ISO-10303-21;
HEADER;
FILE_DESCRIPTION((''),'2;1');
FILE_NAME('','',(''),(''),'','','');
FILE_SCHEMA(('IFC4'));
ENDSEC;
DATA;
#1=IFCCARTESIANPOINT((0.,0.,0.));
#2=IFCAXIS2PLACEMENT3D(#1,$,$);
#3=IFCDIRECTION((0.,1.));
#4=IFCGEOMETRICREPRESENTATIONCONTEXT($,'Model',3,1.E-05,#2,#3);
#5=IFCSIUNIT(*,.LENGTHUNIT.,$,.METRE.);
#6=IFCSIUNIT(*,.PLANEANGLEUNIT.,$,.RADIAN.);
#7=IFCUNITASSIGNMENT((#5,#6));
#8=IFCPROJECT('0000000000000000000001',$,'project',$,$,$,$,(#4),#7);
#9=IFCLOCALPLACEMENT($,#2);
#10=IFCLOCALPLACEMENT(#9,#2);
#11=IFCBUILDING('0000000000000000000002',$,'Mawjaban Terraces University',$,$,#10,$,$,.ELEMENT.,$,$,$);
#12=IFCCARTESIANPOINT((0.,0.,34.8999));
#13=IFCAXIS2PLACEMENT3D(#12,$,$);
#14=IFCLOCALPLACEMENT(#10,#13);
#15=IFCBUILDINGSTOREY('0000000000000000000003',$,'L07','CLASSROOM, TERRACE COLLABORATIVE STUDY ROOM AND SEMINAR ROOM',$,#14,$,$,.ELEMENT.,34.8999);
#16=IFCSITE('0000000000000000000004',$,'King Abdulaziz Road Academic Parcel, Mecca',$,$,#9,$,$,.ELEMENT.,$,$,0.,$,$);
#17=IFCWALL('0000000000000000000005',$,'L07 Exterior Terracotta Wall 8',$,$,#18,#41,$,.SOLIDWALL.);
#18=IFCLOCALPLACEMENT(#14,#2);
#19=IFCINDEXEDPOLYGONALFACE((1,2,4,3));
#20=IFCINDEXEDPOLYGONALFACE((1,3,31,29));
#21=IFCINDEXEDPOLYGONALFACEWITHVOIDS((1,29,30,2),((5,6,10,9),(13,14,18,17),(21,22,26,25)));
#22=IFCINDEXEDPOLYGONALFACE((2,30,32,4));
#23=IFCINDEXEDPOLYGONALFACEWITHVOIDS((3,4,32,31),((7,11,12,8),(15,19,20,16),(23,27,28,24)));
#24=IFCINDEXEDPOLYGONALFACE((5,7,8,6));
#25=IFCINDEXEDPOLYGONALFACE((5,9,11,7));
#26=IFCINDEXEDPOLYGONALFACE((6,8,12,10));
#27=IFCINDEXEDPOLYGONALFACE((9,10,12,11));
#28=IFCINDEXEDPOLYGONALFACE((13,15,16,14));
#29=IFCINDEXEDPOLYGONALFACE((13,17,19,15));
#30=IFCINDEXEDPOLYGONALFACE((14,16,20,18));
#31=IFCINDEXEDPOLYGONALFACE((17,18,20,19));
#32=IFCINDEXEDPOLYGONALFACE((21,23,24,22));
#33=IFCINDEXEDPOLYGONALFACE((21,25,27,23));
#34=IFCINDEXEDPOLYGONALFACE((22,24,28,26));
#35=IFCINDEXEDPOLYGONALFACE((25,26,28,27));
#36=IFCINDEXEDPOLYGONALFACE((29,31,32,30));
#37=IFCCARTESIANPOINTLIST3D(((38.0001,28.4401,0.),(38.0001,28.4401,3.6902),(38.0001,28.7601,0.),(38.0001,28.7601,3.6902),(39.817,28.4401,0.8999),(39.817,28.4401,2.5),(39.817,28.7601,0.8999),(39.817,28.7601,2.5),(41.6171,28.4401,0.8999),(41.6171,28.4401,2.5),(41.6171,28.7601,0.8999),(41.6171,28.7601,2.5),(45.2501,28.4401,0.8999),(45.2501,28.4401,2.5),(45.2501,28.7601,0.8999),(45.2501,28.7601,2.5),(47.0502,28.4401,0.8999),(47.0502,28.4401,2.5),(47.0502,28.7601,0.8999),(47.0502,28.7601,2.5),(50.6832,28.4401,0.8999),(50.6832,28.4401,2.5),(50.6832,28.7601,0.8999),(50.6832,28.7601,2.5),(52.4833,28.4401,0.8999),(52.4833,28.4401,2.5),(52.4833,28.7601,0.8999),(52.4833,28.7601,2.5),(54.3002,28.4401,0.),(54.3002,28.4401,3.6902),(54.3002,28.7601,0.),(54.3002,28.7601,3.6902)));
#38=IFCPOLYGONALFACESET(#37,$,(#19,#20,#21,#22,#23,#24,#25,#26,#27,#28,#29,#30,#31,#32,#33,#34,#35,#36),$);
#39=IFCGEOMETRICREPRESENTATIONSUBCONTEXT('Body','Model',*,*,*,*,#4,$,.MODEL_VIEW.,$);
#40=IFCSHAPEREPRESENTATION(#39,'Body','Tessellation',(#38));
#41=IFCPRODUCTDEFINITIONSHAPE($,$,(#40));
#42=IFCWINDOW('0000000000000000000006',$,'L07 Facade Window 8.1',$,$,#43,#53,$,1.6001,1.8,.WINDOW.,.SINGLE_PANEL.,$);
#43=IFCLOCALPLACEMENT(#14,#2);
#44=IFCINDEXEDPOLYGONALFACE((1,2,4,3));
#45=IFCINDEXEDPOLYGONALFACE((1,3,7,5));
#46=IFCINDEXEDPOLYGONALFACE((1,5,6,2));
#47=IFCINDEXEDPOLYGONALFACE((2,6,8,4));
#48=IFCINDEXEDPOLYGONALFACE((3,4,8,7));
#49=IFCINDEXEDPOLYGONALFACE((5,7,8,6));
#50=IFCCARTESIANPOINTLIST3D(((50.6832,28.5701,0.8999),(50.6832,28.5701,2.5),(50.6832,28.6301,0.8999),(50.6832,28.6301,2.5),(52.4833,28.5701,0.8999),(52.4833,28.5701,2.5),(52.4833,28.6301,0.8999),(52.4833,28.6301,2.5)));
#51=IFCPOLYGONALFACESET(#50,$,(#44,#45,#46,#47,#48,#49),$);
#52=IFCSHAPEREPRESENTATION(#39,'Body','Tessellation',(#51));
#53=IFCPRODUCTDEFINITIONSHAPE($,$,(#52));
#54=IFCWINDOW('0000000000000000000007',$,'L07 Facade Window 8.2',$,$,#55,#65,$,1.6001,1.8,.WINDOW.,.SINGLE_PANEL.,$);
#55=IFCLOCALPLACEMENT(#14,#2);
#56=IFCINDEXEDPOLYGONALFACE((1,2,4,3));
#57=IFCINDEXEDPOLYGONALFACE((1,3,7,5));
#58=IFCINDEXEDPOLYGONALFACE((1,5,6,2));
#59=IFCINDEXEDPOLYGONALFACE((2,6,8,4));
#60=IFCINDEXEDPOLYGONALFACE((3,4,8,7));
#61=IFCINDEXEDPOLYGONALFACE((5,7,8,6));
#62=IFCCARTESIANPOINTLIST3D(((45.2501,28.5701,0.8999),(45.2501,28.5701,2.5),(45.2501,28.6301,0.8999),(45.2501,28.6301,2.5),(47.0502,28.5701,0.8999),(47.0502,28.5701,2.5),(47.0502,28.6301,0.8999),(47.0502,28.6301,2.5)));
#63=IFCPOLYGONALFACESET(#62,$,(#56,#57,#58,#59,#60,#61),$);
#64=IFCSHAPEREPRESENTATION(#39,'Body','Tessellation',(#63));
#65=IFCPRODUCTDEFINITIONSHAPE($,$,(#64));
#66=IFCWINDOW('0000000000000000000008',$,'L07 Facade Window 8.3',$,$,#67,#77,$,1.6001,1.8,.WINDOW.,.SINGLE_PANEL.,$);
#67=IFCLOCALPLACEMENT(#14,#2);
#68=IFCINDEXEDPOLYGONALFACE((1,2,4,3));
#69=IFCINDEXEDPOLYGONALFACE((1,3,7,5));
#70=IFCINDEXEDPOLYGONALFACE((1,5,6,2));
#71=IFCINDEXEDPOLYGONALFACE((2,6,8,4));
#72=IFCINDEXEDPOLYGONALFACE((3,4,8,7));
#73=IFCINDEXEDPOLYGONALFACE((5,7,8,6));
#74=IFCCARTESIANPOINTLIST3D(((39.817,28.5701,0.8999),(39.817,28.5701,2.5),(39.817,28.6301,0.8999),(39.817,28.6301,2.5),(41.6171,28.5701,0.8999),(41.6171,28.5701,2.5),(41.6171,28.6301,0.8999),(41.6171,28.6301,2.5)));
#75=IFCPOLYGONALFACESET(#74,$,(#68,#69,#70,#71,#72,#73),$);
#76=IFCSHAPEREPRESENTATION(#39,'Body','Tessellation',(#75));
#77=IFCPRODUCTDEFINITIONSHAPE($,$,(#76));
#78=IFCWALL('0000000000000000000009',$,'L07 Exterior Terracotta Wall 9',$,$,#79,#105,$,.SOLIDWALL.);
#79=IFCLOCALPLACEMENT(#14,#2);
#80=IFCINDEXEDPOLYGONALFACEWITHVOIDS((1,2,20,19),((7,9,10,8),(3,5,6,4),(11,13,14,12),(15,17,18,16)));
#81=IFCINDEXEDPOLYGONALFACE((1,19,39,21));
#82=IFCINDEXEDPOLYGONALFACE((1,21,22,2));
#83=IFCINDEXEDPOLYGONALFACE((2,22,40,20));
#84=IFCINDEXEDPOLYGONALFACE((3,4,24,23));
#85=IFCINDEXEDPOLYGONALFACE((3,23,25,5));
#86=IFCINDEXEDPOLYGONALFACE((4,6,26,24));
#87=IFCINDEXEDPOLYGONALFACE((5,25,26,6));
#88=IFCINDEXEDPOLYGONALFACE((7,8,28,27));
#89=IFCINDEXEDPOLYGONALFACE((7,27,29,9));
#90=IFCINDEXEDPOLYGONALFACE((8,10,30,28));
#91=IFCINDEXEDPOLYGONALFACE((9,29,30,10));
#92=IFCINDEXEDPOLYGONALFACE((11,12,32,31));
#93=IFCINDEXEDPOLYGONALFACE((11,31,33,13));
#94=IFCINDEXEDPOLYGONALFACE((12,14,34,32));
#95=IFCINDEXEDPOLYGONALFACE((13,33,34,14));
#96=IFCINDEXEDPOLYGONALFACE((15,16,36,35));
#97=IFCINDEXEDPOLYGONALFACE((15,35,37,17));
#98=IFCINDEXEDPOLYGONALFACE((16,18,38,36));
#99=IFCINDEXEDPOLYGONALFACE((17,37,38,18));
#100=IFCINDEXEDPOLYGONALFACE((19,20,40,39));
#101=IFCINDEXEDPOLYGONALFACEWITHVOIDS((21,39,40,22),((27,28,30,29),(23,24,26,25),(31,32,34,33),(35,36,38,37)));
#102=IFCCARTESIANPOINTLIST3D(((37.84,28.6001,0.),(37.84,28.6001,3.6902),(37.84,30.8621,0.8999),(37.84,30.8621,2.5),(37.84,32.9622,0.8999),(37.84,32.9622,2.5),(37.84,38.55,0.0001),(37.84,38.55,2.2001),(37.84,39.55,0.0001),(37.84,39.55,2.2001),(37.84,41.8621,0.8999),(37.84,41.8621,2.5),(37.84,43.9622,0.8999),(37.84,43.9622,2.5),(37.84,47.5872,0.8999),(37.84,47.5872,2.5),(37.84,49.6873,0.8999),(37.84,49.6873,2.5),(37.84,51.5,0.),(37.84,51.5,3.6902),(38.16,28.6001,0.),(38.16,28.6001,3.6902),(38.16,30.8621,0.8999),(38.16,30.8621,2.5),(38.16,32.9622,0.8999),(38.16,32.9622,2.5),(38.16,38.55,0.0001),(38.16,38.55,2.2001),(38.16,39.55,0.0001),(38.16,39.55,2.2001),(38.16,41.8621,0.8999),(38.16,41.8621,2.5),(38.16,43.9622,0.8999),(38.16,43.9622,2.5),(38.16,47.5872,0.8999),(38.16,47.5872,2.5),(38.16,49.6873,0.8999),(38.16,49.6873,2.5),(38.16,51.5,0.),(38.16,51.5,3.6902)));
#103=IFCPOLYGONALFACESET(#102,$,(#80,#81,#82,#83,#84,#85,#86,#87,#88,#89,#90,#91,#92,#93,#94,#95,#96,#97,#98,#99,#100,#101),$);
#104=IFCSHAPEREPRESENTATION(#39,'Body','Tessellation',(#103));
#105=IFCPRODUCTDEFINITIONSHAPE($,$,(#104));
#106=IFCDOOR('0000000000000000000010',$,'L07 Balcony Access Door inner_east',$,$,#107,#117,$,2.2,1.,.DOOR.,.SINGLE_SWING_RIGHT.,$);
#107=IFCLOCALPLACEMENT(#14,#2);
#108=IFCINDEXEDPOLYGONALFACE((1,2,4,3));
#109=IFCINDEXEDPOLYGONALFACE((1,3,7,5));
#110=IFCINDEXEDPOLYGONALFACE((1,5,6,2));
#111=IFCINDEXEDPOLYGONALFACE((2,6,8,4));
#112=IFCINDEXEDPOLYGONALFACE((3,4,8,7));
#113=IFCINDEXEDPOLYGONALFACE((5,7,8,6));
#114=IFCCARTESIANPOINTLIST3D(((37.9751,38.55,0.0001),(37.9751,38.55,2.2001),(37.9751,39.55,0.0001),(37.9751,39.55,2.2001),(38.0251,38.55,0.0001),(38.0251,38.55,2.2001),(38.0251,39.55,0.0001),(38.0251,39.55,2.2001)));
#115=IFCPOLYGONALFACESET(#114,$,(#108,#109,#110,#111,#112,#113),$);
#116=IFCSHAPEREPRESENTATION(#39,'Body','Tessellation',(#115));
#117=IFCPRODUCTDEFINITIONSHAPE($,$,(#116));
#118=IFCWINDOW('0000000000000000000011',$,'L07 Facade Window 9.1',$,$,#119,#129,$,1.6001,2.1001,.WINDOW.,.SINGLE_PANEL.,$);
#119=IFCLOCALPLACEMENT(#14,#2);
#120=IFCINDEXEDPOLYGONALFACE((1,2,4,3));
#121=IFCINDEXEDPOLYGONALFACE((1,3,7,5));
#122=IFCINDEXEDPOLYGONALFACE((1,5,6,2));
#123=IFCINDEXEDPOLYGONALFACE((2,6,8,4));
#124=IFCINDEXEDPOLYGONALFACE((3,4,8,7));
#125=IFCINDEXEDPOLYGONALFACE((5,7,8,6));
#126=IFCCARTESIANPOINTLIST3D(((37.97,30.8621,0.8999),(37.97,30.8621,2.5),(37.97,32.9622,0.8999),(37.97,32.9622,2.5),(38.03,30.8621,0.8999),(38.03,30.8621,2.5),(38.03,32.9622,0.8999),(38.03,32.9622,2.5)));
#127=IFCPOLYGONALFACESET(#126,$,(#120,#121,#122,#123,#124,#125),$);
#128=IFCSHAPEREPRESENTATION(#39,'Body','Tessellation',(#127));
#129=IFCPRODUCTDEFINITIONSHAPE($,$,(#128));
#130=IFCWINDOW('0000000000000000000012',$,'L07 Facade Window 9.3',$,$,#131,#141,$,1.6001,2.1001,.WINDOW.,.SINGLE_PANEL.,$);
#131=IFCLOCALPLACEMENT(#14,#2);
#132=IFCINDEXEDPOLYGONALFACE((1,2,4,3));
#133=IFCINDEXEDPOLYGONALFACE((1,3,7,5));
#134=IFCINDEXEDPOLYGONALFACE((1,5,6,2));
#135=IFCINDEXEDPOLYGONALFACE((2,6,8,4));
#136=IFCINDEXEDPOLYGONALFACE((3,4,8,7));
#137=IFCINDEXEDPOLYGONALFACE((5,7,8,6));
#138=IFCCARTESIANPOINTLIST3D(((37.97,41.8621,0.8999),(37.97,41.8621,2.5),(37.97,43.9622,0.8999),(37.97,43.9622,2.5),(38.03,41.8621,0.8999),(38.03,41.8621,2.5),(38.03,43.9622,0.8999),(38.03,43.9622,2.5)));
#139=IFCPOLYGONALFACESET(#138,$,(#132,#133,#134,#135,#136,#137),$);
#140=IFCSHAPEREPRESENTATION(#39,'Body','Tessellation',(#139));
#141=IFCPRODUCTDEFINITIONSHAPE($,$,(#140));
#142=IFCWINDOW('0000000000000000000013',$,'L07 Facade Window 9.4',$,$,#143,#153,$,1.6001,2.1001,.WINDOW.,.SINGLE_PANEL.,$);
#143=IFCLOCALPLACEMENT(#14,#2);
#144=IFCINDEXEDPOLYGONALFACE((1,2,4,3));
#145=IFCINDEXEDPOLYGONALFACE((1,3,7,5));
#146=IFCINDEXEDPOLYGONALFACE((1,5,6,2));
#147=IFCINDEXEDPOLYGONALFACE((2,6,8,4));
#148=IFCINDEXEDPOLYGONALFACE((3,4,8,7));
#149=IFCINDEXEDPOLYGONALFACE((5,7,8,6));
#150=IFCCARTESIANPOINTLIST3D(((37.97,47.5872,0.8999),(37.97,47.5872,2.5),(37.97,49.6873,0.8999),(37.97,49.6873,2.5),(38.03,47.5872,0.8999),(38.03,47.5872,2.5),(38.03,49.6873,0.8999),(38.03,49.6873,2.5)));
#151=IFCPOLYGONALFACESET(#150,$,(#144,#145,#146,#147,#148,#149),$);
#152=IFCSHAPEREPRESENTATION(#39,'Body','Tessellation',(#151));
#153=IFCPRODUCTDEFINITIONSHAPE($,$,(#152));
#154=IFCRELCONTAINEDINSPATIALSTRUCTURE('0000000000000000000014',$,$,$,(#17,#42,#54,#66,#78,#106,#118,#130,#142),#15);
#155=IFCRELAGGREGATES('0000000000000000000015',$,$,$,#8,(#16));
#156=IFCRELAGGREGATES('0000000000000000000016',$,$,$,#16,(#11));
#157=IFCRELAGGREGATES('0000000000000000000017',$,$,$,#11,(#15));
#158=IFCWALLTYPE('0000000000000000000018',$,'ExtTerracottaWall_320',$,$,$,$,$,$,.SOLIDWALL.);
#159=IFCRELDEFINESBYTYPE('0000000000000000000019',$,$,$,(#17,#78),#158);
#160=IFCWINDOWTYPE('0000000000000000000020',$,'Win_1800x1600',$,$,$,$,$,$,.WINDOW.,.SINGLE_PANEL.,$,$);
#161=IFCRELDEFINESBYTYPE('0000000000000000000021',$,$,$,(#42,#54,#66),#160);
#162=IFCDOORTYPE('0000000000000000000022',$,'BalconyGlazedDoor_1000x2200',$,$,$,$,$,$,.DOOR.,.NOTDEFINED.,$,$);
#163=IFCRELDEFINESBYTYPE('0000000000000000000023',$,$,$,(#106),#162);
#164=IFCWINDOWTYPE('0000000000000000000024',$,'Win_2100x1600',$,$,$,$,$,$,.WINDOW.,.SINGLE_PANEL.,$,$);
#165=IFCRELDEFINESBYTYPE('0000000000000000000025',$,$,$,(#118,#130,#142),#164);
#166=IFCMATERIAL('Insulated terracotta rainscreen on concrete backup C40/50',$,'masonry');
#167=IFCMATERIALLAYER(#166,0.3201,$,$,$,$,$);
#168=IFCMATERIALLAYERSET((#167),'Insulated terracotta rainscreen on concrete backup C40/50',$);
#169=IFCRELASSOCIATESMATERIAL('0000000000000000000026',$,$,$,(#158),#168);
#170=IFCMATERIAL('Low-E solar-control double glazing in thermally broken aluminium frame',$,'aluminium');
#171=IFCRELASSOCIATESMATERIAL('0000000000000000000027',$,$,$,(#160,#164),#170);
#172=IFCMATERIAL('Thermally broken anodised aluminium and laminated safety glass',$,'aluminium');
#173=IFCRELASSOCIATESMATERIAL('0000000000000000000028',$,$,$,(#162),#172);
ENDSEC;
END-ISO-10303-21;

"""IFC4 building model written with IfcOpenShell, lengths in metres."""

from ifc_helpers import new_model, si_unit, direction, frame, frame_2d, origin, place, context, subcontext, project, spatial, rectangle, extrude, material, layer, layer_set, type_object, element, fill, save


model = new_model("IFC4")

# Units and contexts
model_context = context("Model", 3, precision=1e-05, world=origin(), true_north=direction((0.0, 1.0)))
body_context = subcontext(model_context, "Body", "Model", "MODEL_VIEW")
ifc_project = project(units=[si_unit("LENGTHUNIT", "METRE"), si_unit("PLANEANGLEUNIT", "RADIAN")], contexts=[model_context])

# Site, building, storey
site_placement = place(None, origin())
site = spatial("IfcSite", under=ifc_project, at=site_placement, Name="King Abdulaziz Road Academic Parcel, Mecca", CompositionType="ELEMENT", RefElevation=0.0)
building_placement = place(site_placement, origin())
building = spatial("IfcBuilding", under=site, at=building_placement, Name="Mawjaban Terraces University", CompositionType="ELEMENT")
storey_placement = place(building_placement, frame((0.0, 0.0, 34.8999)))
storey = spatial("IfcBuildingStorey", under=building, at=storey_placement, Name="L07", Description="CLASSROOM, TERRACE COLLABORATIVE STUDY ROOM AND SEMINAR ROOM", CompositionType="ELEMENT", Elevation=34.8999)

# Shared definitions
ifc_material_1 = material(Name="Insulated terracotta rainscreen on concrete backup C40/50", Category="masonry")
ifc_layer_1 = layer(ifc_material_1, 0.3201)
ifc_layer_set_1 = layer_set([ifc_layer_1], Name="Insulated terracotta rainscreen on concrete backup C40/50")
wall_type_1 = type_object("IfcWallType", Name="ExtTerracottaWall_320", PredefinedType="SOLIDWALL", material=ifc_layer_set_1)

# Wall, openings, windows
wall_1_placement = place(storey_placement, frame((54.3, 28.6001, 0.0), z_axis=(0.0, 0.0, 1.0), x_axis=(-1.0, 0.0, 0.0)))
wall_1 = element("IfcWall", 1, at=wall_1_placement, inside=storey, type_object=wall_type_1, Name="L07 Exterior Terracotta Wall 8", PredefinedType="SOLIDWALL", context=body_context, shape_type="SweptSolid", body=[
    extrude(rectangle(XDim=16.3, YDim=0.3201, at=frame_2d((8.1499, 0.0))), origin(), (0.0, 0.0, 1.0), 3.6902),
])
opening_1_placement = place(wall_1_placement, frame((1.8169, 0.0, 0.8999)))
opening_1 = element("IfcOpeningElement", 2, at=opening_1_placement, cuts=wall_1, PredefinedType="OPENING", context=body_context, shape_type="SweptSolid", body=[
    extrude(rectangle(XDim=1.8, YDim=1.6001, at=frame_2d((0.8999, 0.8))), frame((0.0, 0.1699, 0.0), z_axis=(0.0, -1.0, 0.0), x_axis=(1.0, 0.0, 0.0)), (0.0, 0.0, 1.0), 0.3401),
])
opening_2_placement = place(wall_1_placement, frame((7.25, 0.0, 0.8999)))
opening_2 = element("IfcOpeningElement", 3, at=opening_2_placement, cuts=wall_1, PredefinedType="OPENING", context=body_context, shape_type="SweptSolid", body=[
    extrude(rectangle(XDim=1.8, YDim=1.6001, at=frame_2d((0.8999, 0.8))), frame((0.0, 0.1699, 0.0), z_axis=(0.0, -1.0, 0.0), x_axis=(1.0, 0.0, 0.0)), (0.0, 0.0, 1.0), 0.3401),
])
opening_3_placement = place(wall_1_placement, frame((12.6831, 0.0, 0.8999)))
opening_3 = element("IfcOpeningElement", 4, at=opening_3_placement, cuts=wall_1, PredefinedType="OPENING", context=body_context, shape_type="SweptSolid", body=[
    extrude(rectangle(XDim=1.8, YDim=1.6001, at=frame_2d((0.8999, 0.8))), frame((0.0, 0.1699, 0.0), z_axis=(0.0, -1.0, 0.0), x_axis=(1.0, 0.0, 0.0)), (0.0, 0.0, 1.0), 0.3401),
])
ifc_material_2 = material(Name="Low-E solar-control double glazing in thermally broken aluminium frame", Category="aluminium")
window_type_1 = type_object("IfcWindowType", Name="Win_1800x1600", PartitioningType="SINGLE_PANEL", PredefinedType="WINDOW", material=ifc_material_2)
window_1_placement = place(opening_1_placement, origin())
window_1 = element("IfcWindow", 5, at=window_1_placement, inside=storey, type_object=window_type_1, Name="L07 Facade Window 8.1", OverallHeight=1.6001, OverallWidth=1.8, PartitioningType="SINGLE_PANEL", PredefinedType="WINDOW", context=body_context, shape_type="SweptSolid", body=[
    extrude(rectangle(XDim=1.8, YDim=1.6001, at=frame_2d((0.8999, 0.8))), frame((0.0, 0.03, 0.0), z_axis=(0.0, -1.0, 0.0), x_axis=(1.0, 0.0, 0.0)), (0.0, 0.0, 1.0), 0.0601),
])
fill(opening_1, window_1)
window_2_placement = place(opening_2_placement, origin())
window_2 = element("IfcWindow", 6, at=window_2_placement, inside=storey, type_object=window_type_1, Name="L07 Facade Window 8.2", OverallHeight=1.6001, OverallWidth=1.8, PartitioningType="SINGLE_PANEL", PredefinedType="WINDOW", context=body_context, shape_type="SweptSolid", body=[
    extrude(rectangle(XDim=1.8, YDim=1.6001, at=frame_2d((0.8999, 0.8))), frame((0.0, 0.03, 0.0), z_axis=(0.0, -1.0, 0.0), x_axis=(1.0, 0.0, 0.0)), (0.0, 0.0, 1.0), 0.0601),
])
fill(opening_2, window_2)
window_3_placement = place(opening_3_placement, origin())
window_3 = element("IfcWindow", 7, at=window_3_placement, inside=storey, type_object=window_type_1, Name="L07 Facade Window 8.3", OverallHeight=1.6001, OverallWidth=1.8, PartitioningType="SINGLE_PANEL", PredefinedType="WINDOW", context=body_context, shape_type="SweptSolid", body=[
    extrude(rectangle(XDim=1.8, YDim=1.6001, at=frame_2d((0.8999, 0.8))), frame((0.0, 0.03, 0.0), z_axis=(0.0, -1.0, 0.0), x_axis=(1.0, 0.0, 0.0)), (0.0, 0.0, 1.0), 0.0601),
])
fill(opening_3, window_3)

# Wall, openings, door, windows
wall_2_placement = place(storey_placement, frame((38.0, 28.6001, 0.0), z_axis=(0.0, 0.0, 1.0), x_axis=(0.0, 1.0, 0.0)))
wall_2 = element("IfcWall", 8, at=wall_2_placement, inside=storey, type_object=wall_type_1, Name="L07 Exterior Terracotta Wall 9", PredefinedType="SOLIDWALL", context=body_context, shape_type="SweptSolid", body=[
    extrude(rectangle(XDim=22.8999, YDim=0.3201, at=frame_2d((11.45, 0.0))), origin(), (0.0, 0.0, 1.0), 3.6902),
])
opening_4_placement = place(wall_2_placement, frame((9.95, 0.0, 0.0)))
opening_4 = element("IfcOpeningElement", 9, at=opening_4_placement, cuts=wall_2, PredefinedType="OPENING", context=body_context, shape_type="SweptSolid", body=[
    extrude(rectangle(XDim=1.0, YDim=2.2, at=frame_2d((0.5, 1.1001))), frame((0.0, 0.1699, 0.0), z_axis=(0.0, -1.0, 0.0), x_axis=(1.0, 0.0, 0.0)), (0.0, 0.0, 1.0), 0.3401),
])
opening_5_placement = place(wall_2_placement, frame((2.262, 0.0, 0.8999)))
opening_5 = element("IfcOpeningElement", 10, at=opening_5_placement, cuts=wall_2, PredefinedType="OPENING", context=body_context, shape_type="SweptSolid", body=[
    extrude(rectangle(XDim=2.1001, YDim=1.6001, at=frame_2d((1.05, 0.8))), frame((0.0, 0.1699, 0.0), z_axis=(0.0, -1.0, 0.0), x_axis=(1.0, 0.0, 0.0)), (0.0, 0.0, 1.0), 0.3401),
])
opening_6_placement = place(wall_2_placement, frame((13.262, 0.0, 0.8999)))
opening_6 = element("IfcOpeningElement", 11, at=opening_6_placement, cuts=wall_2, PredefinedType="OPENING", context=body_context, shape_type="SweptSolid", body=[
    extrude(rectangle(XDim=2.1001, YDim=1.6001, at=frame_2d((1.05, 0.8))), frame((0.0, 0.1699, 0.0), z_axis=(0.0, -1.0, 0.0), x_axis=(1.0, 0.0, 0.0)), (0.0, 0.0, 1.0), 0.3401),
])
opening_7_placement = place(wall_2_placement, frame((18.9871, 0.0, 0.8999)))
opening_7 = element("IfcOpeningElement", 12, at=opening_7_placement, cuts=wall_2, PredefinedType="OPENING", context=body_context, shape_type="SweptSolid", body=[
    extrude(rectangle(XDim=2.1001, YDim=1.6001, at=frame_2d((1.05, 0.8))), frame((0.0, 0.1699, 0.0), z_axis=(0.0, -1.0, 0.0), x_axis=(1.0, 0.0, 0.0)), (0.0, 0.0, 1.0), 0.3401),
])
ifc_material_3 = material(Name="Thermally broken anodised aluminium and laminated safety glass", Category="aluminium")
door_type = type_object("IfcDoorType", Name="BalconyGlazedDoor_1000x2200", OperationType="NOTDEFINED", PredefinedType="DOOR", material=ifc_material_3)
door_placement = place(opening_4_placement, origin())
door = element("IfcDoor", 13, at=door_placement, inside=storey, type_object=door_type, Name="L07 Balcony Access Door inner_east", OperationType="SINGLE_SWING_RIGHT", OverallHeight=2.2, OverallWidth=1.0, PredefinedType="DOOR", context=body_context, shape_type="SweptSolid", body=[
    extrude(rectangle(XDim=1.0, YDim=2.2, at=frame_2d((0.5, 1.1001))), frame((0.0, 0.0249, 0.0), z_axis=(0.0, -1.0, 0.0), x_axis=(1.0, 0.0, 0.0)), (0.0, 0.0, 1.0), 0.05),
])
fill(opening_4, door)
window_type_2 = type_object("IfcWindowType", Name="Win_2100x1600", PartitioningType="SINGLE_PANEL", PredefinedType="WINDOW", material=ifc_material_2)
window_4_placement = place(opening_5_placement, origin())
window_4 = element("IfcWindow", 14, at=window_4_placement, inside=storey, type_object=window_type_2, Name="L07 Facade Window 9.1", OverallHeight=1.6001, OverallWidth=2.1001, PartitioningType="SINGLE_PANEL", PredefinedType="WINDOW", context=body_context, shape_type="SweptSolid", body=[
    extrude(rectangle(XDim=2.1001, YDim=1.6001, at=frame_2d((1.05, 0.8))), frame((0.0, 0.03, 0.0), z_axis=(0.0, -1.0, 0.0), x_axis=(1.0, 0.0, 0.0)), (0.0, 0.0, 1.0), 0.0601),
])
fill(opening_5, window_4)
window_5_placement = place(opening_6_placement, origin())
window_5 = element("IfcWindow", 15, at=window_5_placement, inside=storey, type_object=window_type_2, Name="L07 Facade Window 9.3", OverallHeight=1.6001, OverallWidth=2.1001, PartitioningType="SINGLE_PANEL", PredefinedType="WINDOW", context=body_context, shape_type="SweptSolid", body=[
    extrude(rectangle(XDim=2.1001, YDim=1.6001, at=frame_2d((1.05, 0.8))), frame((0.0, 0.03, 0.0), z_axis=(0.0, -1.0, 0.0), x_axis=(1.0, 0.0, 0.0)), (0.0, 0.0, 1.0), 0.0601),
])
fill(opening_6, window_5)
window_6_placement = place(opening_7_placement, origin())
window_6 = element("IfcWindow", 16, at=window_6_placement, inside=storey, type_object=window_type_2, Name="L07 Facade Window 9.4", OverallHeight=1.6001, OverallWidth=2.1001, PartitioningType="SINGLE_PANEL", PredefinedType="WINDOW", context=body_context, shape_type="SweptSolid", body=[
    extrude(rectangle(XDim=2.1001, YDim=1.6001, at=frame_2d((1.05, 0.8))), frame((0.0, 0.03, 0.0), z_axis=(0.0, -1.0, 0.0), x_axis=(1.0, 0.0, 0.0)), (0.0, 0.0, 1.0), 0.0601),
])
fill(opening_7, window_6)

save(model, "model.ifc")
